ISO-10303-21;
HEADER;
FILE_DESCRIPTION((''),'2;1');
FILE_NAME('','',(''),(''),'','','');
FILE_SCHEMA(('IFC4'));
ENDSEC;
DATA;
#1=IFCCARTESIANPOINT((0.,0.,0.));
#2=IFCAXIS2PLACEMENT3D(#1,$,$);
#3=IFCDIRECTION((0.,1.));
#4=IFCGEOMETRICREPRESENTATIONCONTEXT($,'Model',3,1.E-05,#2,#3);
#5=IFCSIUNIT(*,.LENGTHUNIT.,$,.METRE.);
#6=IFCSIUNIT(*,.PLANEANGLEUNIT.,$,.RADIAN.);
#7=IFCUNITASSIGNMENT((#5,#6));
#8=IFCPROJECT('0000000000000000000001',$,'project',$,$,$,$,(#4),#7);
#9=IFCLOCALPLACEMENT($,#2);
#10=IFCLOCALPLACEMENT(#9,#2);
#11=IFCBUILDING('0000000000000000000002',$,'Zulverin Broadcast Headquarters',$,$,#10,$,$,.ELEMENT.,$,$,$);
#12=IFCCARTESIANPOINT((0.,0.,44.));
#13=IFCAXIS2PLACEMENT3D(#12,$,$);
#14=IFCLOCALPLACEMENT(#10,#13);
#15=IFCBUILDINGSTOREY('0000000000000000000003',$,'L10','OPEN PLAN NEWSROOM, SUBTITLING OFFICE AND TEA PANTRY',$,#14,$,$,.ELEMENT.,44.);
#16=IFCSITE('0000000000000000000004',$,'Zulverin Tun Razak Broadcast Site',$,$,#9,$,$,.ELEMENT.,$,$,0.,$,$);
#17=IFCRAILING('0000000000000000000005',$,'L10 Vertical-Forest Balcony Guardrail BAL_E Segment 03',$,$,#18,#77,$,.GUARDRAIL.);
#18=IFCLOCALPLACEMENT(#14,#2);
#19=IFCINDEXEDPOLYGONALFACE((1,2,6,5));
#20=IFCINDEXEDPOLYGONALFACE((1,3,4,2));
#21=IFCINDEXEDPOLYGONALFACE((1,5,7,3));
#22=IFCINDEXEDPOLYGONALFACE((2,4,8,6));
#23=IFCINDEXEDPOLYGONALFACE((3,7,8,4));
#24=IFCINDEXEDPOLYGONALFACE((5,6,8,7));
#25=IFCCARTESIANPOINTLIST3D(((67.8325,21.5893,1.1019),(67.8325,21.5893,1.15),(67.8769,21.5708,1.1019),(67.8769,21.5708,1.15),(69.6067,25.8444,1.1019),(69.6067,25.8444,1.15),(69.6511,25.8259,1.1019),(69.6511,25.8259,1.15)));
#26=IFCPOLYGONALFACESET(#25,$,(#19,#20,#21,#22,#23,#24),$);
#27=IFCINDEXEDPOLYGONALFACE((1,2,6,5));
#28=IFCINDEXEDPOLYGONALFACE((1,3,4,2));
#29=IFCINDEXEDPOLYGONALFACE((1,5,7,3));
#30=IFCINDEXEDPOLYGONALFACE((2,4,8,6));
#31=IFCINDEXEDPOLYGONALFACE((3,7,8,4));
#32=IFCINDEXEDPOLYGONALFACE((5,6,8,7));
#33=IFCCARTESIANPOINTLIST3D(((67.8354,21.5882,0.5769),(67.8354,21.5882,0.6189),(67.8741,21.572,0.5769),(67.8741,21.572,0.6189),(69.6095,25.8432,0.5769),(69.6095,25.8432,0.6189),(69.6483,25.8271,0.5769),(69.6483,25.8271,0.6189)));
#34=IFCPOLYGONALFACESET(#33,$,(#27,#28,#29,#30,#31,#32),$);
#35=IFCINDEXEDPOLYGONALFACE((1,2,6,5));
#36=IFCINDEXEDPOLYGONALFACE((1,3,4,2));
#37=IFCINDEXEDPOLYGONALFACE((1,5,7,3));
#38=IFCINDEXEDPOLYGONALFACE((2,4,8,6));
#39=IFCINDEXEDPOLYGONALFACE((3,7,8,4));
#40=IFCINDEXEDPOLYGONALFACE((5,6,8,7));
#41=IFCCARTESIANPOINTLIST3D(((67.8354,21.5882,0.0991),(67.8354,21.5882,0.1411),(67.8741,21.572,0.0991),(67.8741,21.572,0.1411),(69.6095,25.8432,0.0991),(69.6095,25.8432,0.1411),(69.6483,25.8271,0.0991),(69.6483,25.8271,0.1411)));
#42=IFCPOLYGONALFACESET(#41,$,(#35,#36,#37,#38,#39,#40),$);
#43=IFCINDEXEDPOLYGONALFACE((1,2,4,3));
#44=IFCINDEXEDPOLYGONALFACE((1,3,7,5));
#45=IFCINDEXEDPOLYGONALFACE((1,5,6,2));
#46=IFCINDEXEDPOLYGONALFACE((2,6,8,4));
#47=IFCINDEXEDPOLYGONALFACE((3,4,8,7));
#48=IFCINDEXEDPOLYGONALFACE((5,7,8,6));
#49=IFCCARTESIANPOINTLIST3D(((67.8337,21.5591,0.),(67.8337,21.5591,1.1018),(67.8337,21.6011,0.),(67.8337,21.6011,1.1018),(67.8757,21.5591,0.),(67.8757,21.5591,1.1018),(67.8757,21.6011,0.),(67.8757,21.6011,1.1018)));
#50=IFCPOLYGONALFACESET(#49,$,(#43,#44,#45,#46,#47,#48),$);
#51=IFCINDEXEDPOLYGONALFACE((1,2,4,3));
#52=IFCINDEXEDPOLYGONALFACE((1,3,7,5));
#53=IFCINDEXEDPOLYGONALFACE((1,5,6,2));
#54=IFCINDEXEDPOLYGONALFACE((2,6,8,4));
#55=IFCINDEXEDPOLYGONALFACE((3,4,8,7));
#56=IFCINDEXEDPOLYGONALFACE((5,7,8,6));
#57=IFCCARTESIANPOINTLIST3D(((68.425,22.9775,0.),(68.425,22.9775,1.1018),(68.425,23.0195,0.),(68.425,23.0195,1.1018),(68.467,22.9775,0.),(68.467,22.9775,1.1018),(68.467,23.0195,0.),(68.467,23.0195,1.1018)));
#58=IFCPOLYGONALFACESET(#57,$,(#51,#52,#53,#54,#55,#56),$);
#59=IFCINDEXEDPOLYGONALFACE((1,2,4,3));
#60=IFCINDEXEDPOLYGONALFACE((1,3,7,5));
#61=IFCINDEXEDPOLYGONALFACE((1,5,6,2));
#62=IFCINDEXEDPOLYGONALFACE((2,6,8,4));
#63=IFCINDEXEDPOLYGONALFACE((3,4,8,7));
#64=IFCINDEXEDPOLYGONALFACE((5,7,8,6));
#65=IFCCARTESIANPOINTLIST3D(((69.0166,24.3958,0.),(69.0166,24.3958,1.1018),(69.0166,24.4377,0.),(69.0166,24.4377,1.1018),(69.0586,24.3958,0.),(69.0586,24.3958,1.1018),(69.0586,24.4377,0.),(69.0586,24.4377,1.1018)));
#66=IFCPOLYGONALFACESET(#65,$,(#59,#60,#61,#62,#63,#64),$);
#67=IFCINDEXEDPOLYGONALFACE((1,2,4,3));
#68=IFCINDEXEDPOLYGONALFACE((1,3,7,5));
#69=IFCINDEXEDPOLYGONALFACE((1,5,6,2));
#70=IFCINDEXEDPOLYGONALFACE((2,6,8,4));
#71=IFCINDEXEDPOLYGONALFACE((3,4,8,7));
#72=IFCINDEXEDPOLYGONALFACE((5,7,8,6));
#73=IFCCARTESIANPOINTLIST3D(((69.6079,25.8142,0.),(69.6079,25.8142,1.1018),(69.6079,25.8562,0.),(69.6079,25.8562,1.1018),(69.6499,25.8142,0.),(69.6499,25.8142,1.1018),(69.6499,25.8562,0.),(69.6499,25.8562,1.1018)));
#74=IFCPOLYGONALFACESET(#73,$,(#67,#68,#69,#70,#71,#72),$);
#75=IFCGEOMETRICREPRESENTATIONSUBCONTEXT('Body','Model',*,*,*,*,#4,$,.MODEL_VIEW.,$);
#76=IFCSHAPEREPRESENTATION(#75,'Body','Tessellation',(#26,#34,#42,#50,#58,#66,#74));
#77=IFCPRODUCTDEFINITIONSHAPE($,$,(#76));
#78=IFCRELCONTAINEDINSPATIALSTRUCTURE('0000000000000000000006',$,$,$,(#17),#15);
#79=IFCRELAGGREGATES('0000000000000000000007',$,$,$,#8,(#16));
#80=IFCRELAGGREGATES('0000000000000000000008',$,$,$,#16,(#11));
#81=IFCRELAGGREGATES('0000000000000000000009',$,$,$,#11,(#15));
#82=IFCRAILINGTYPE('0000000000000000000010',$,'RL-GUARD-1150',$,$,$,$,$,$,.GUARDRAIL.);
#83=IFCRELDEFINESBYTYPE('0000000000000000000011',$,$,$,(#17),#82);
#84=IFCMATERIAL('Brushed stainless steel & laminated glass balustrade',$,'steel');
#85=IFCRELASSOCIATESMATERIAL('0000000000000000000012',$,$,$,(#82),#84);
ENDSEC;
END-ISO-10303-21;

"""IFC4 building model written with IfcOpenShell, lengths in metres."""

from ifc_helpers import new_model, si_unit, direction, frame, origin, origin_2d, place, context, subcontext, project, spatial, rectangle, extrude, material, type_object, element, save


model = new_model("IFC4")

# Units and contexts
model_context = context("Model", 3, precision=1e-05, world=origin(), true_north=direction((0.0, 1.0)))
body_context = subcontext(model_context, "Body", "Model", "MODEL_VIEW")
ifc_project = project(units=[si_unit("LENGTHUNIT", "METRE"), si_unit("PLANEANGLEUNIT", "RADIAN")], contexts=[model_context])

# Site, building, storey
site_placement = place(None, origin())
site = spatial("IfcSite", under=ifc_project, at=site_placement, Name="Zulverin Tun Razak Broadcast Site", CompositionType="ELEMENT", RefElevation=0.0)
building_placement = place(site_placement, origin())
building = spatial("IfcBuilding", under=site, at=building_placement, Name="Zulverin Broadcast Headquarters", CompositionType="ELEMENT")
storey_placement = place(building_placement, frame((0.0, 0.0, 44.0)))
storey = spatial("IfcBuildingStorey", under=building, at=storey_placement, Name="L10", Description="OPEN PLAN NEWSROOM, SUBTITLING OFFICE AND TEA PANTRY", CompositionType="ELEMENT", Elevation=44.0)

# Railing
ifc_material_1 = material(Name="Brushed stainless steel & laminated glass balustrade", Category="steel")
railing_type = type_object("IfcRailingType", Name="RL-GUARD-1150", PredefinedType="GUARDRAIL", material=ifc_material_1)
railing_1_placement = place(storey_placement, frame((67.8547, 21.5801, 0.0)))
element("IfcRailing", 1, at=railing_1_placement, inside=storey, type_object=railing_type, Name="L10 Vertical-Forest Balcony Guardrail BAL_E Segment 03", PredefinedType="GUARDRAIL", context=body_context, shape_type="SweptSolid", body=[
    extrude(rectangle(XDim=0.0481, YDim=0.0481, at=origin_2d()), frame((0.0, 0.0, 1.126), z_axis=(0.384837, 0.922984, 0.0), x_axis=(-0.922984, 0.384837, 0.0)), (0.0, 0.0, 1.0), 4.6101),
    extrude(rectangle(XDim=0.042, YDim=0.042, at=origin_2d()), frame((0.0, 0.0, 0.5979), z_axis=(0.384837, 0.922984, 0.0), x_axis=(-0.922984, 0.384837, 0.0)), (0.0, 0.0, 1.0), 4.6101),
    extrude(rectangle(XDim=0.042, YDim=0.042, at=origin_2d()), frame((0.0, 0.0, 0.1201), z_axis=(0.384837, 0.922984, 0.0), x_axis=(-0.922984, 0.384837, 0.0)), (0.0, 0.0, 1.0), 4.6101),
    extrude(rectangle(XDim=0.042, YDim=0.042, at=origin_2d()), origin(), (0.0, 0.0, 1.0), 1.1018),
    extrude(rectangle(XDim=0.042, YDim=0.042, at=origin_2d()), frame((0.5913, 1.4185, 0.0)), (0.0, 0.0, 1.0), 1.1018),
    extrude(rectangle(XDim=0.042, YDim=0.042, at=origin_2d()), frame((1.1829, 2.8367, 0.0)), (0.0, 0.0, 1.0), 1.1018),
    extrude(rectangle(XDim=0.042, YDim=0.042, at=origin_2d()), frame((1.7742, 4.2551, 0.0)), (0.0, 0.0, 1.0), 1.1018),
])

save(model, "model.ifc")
